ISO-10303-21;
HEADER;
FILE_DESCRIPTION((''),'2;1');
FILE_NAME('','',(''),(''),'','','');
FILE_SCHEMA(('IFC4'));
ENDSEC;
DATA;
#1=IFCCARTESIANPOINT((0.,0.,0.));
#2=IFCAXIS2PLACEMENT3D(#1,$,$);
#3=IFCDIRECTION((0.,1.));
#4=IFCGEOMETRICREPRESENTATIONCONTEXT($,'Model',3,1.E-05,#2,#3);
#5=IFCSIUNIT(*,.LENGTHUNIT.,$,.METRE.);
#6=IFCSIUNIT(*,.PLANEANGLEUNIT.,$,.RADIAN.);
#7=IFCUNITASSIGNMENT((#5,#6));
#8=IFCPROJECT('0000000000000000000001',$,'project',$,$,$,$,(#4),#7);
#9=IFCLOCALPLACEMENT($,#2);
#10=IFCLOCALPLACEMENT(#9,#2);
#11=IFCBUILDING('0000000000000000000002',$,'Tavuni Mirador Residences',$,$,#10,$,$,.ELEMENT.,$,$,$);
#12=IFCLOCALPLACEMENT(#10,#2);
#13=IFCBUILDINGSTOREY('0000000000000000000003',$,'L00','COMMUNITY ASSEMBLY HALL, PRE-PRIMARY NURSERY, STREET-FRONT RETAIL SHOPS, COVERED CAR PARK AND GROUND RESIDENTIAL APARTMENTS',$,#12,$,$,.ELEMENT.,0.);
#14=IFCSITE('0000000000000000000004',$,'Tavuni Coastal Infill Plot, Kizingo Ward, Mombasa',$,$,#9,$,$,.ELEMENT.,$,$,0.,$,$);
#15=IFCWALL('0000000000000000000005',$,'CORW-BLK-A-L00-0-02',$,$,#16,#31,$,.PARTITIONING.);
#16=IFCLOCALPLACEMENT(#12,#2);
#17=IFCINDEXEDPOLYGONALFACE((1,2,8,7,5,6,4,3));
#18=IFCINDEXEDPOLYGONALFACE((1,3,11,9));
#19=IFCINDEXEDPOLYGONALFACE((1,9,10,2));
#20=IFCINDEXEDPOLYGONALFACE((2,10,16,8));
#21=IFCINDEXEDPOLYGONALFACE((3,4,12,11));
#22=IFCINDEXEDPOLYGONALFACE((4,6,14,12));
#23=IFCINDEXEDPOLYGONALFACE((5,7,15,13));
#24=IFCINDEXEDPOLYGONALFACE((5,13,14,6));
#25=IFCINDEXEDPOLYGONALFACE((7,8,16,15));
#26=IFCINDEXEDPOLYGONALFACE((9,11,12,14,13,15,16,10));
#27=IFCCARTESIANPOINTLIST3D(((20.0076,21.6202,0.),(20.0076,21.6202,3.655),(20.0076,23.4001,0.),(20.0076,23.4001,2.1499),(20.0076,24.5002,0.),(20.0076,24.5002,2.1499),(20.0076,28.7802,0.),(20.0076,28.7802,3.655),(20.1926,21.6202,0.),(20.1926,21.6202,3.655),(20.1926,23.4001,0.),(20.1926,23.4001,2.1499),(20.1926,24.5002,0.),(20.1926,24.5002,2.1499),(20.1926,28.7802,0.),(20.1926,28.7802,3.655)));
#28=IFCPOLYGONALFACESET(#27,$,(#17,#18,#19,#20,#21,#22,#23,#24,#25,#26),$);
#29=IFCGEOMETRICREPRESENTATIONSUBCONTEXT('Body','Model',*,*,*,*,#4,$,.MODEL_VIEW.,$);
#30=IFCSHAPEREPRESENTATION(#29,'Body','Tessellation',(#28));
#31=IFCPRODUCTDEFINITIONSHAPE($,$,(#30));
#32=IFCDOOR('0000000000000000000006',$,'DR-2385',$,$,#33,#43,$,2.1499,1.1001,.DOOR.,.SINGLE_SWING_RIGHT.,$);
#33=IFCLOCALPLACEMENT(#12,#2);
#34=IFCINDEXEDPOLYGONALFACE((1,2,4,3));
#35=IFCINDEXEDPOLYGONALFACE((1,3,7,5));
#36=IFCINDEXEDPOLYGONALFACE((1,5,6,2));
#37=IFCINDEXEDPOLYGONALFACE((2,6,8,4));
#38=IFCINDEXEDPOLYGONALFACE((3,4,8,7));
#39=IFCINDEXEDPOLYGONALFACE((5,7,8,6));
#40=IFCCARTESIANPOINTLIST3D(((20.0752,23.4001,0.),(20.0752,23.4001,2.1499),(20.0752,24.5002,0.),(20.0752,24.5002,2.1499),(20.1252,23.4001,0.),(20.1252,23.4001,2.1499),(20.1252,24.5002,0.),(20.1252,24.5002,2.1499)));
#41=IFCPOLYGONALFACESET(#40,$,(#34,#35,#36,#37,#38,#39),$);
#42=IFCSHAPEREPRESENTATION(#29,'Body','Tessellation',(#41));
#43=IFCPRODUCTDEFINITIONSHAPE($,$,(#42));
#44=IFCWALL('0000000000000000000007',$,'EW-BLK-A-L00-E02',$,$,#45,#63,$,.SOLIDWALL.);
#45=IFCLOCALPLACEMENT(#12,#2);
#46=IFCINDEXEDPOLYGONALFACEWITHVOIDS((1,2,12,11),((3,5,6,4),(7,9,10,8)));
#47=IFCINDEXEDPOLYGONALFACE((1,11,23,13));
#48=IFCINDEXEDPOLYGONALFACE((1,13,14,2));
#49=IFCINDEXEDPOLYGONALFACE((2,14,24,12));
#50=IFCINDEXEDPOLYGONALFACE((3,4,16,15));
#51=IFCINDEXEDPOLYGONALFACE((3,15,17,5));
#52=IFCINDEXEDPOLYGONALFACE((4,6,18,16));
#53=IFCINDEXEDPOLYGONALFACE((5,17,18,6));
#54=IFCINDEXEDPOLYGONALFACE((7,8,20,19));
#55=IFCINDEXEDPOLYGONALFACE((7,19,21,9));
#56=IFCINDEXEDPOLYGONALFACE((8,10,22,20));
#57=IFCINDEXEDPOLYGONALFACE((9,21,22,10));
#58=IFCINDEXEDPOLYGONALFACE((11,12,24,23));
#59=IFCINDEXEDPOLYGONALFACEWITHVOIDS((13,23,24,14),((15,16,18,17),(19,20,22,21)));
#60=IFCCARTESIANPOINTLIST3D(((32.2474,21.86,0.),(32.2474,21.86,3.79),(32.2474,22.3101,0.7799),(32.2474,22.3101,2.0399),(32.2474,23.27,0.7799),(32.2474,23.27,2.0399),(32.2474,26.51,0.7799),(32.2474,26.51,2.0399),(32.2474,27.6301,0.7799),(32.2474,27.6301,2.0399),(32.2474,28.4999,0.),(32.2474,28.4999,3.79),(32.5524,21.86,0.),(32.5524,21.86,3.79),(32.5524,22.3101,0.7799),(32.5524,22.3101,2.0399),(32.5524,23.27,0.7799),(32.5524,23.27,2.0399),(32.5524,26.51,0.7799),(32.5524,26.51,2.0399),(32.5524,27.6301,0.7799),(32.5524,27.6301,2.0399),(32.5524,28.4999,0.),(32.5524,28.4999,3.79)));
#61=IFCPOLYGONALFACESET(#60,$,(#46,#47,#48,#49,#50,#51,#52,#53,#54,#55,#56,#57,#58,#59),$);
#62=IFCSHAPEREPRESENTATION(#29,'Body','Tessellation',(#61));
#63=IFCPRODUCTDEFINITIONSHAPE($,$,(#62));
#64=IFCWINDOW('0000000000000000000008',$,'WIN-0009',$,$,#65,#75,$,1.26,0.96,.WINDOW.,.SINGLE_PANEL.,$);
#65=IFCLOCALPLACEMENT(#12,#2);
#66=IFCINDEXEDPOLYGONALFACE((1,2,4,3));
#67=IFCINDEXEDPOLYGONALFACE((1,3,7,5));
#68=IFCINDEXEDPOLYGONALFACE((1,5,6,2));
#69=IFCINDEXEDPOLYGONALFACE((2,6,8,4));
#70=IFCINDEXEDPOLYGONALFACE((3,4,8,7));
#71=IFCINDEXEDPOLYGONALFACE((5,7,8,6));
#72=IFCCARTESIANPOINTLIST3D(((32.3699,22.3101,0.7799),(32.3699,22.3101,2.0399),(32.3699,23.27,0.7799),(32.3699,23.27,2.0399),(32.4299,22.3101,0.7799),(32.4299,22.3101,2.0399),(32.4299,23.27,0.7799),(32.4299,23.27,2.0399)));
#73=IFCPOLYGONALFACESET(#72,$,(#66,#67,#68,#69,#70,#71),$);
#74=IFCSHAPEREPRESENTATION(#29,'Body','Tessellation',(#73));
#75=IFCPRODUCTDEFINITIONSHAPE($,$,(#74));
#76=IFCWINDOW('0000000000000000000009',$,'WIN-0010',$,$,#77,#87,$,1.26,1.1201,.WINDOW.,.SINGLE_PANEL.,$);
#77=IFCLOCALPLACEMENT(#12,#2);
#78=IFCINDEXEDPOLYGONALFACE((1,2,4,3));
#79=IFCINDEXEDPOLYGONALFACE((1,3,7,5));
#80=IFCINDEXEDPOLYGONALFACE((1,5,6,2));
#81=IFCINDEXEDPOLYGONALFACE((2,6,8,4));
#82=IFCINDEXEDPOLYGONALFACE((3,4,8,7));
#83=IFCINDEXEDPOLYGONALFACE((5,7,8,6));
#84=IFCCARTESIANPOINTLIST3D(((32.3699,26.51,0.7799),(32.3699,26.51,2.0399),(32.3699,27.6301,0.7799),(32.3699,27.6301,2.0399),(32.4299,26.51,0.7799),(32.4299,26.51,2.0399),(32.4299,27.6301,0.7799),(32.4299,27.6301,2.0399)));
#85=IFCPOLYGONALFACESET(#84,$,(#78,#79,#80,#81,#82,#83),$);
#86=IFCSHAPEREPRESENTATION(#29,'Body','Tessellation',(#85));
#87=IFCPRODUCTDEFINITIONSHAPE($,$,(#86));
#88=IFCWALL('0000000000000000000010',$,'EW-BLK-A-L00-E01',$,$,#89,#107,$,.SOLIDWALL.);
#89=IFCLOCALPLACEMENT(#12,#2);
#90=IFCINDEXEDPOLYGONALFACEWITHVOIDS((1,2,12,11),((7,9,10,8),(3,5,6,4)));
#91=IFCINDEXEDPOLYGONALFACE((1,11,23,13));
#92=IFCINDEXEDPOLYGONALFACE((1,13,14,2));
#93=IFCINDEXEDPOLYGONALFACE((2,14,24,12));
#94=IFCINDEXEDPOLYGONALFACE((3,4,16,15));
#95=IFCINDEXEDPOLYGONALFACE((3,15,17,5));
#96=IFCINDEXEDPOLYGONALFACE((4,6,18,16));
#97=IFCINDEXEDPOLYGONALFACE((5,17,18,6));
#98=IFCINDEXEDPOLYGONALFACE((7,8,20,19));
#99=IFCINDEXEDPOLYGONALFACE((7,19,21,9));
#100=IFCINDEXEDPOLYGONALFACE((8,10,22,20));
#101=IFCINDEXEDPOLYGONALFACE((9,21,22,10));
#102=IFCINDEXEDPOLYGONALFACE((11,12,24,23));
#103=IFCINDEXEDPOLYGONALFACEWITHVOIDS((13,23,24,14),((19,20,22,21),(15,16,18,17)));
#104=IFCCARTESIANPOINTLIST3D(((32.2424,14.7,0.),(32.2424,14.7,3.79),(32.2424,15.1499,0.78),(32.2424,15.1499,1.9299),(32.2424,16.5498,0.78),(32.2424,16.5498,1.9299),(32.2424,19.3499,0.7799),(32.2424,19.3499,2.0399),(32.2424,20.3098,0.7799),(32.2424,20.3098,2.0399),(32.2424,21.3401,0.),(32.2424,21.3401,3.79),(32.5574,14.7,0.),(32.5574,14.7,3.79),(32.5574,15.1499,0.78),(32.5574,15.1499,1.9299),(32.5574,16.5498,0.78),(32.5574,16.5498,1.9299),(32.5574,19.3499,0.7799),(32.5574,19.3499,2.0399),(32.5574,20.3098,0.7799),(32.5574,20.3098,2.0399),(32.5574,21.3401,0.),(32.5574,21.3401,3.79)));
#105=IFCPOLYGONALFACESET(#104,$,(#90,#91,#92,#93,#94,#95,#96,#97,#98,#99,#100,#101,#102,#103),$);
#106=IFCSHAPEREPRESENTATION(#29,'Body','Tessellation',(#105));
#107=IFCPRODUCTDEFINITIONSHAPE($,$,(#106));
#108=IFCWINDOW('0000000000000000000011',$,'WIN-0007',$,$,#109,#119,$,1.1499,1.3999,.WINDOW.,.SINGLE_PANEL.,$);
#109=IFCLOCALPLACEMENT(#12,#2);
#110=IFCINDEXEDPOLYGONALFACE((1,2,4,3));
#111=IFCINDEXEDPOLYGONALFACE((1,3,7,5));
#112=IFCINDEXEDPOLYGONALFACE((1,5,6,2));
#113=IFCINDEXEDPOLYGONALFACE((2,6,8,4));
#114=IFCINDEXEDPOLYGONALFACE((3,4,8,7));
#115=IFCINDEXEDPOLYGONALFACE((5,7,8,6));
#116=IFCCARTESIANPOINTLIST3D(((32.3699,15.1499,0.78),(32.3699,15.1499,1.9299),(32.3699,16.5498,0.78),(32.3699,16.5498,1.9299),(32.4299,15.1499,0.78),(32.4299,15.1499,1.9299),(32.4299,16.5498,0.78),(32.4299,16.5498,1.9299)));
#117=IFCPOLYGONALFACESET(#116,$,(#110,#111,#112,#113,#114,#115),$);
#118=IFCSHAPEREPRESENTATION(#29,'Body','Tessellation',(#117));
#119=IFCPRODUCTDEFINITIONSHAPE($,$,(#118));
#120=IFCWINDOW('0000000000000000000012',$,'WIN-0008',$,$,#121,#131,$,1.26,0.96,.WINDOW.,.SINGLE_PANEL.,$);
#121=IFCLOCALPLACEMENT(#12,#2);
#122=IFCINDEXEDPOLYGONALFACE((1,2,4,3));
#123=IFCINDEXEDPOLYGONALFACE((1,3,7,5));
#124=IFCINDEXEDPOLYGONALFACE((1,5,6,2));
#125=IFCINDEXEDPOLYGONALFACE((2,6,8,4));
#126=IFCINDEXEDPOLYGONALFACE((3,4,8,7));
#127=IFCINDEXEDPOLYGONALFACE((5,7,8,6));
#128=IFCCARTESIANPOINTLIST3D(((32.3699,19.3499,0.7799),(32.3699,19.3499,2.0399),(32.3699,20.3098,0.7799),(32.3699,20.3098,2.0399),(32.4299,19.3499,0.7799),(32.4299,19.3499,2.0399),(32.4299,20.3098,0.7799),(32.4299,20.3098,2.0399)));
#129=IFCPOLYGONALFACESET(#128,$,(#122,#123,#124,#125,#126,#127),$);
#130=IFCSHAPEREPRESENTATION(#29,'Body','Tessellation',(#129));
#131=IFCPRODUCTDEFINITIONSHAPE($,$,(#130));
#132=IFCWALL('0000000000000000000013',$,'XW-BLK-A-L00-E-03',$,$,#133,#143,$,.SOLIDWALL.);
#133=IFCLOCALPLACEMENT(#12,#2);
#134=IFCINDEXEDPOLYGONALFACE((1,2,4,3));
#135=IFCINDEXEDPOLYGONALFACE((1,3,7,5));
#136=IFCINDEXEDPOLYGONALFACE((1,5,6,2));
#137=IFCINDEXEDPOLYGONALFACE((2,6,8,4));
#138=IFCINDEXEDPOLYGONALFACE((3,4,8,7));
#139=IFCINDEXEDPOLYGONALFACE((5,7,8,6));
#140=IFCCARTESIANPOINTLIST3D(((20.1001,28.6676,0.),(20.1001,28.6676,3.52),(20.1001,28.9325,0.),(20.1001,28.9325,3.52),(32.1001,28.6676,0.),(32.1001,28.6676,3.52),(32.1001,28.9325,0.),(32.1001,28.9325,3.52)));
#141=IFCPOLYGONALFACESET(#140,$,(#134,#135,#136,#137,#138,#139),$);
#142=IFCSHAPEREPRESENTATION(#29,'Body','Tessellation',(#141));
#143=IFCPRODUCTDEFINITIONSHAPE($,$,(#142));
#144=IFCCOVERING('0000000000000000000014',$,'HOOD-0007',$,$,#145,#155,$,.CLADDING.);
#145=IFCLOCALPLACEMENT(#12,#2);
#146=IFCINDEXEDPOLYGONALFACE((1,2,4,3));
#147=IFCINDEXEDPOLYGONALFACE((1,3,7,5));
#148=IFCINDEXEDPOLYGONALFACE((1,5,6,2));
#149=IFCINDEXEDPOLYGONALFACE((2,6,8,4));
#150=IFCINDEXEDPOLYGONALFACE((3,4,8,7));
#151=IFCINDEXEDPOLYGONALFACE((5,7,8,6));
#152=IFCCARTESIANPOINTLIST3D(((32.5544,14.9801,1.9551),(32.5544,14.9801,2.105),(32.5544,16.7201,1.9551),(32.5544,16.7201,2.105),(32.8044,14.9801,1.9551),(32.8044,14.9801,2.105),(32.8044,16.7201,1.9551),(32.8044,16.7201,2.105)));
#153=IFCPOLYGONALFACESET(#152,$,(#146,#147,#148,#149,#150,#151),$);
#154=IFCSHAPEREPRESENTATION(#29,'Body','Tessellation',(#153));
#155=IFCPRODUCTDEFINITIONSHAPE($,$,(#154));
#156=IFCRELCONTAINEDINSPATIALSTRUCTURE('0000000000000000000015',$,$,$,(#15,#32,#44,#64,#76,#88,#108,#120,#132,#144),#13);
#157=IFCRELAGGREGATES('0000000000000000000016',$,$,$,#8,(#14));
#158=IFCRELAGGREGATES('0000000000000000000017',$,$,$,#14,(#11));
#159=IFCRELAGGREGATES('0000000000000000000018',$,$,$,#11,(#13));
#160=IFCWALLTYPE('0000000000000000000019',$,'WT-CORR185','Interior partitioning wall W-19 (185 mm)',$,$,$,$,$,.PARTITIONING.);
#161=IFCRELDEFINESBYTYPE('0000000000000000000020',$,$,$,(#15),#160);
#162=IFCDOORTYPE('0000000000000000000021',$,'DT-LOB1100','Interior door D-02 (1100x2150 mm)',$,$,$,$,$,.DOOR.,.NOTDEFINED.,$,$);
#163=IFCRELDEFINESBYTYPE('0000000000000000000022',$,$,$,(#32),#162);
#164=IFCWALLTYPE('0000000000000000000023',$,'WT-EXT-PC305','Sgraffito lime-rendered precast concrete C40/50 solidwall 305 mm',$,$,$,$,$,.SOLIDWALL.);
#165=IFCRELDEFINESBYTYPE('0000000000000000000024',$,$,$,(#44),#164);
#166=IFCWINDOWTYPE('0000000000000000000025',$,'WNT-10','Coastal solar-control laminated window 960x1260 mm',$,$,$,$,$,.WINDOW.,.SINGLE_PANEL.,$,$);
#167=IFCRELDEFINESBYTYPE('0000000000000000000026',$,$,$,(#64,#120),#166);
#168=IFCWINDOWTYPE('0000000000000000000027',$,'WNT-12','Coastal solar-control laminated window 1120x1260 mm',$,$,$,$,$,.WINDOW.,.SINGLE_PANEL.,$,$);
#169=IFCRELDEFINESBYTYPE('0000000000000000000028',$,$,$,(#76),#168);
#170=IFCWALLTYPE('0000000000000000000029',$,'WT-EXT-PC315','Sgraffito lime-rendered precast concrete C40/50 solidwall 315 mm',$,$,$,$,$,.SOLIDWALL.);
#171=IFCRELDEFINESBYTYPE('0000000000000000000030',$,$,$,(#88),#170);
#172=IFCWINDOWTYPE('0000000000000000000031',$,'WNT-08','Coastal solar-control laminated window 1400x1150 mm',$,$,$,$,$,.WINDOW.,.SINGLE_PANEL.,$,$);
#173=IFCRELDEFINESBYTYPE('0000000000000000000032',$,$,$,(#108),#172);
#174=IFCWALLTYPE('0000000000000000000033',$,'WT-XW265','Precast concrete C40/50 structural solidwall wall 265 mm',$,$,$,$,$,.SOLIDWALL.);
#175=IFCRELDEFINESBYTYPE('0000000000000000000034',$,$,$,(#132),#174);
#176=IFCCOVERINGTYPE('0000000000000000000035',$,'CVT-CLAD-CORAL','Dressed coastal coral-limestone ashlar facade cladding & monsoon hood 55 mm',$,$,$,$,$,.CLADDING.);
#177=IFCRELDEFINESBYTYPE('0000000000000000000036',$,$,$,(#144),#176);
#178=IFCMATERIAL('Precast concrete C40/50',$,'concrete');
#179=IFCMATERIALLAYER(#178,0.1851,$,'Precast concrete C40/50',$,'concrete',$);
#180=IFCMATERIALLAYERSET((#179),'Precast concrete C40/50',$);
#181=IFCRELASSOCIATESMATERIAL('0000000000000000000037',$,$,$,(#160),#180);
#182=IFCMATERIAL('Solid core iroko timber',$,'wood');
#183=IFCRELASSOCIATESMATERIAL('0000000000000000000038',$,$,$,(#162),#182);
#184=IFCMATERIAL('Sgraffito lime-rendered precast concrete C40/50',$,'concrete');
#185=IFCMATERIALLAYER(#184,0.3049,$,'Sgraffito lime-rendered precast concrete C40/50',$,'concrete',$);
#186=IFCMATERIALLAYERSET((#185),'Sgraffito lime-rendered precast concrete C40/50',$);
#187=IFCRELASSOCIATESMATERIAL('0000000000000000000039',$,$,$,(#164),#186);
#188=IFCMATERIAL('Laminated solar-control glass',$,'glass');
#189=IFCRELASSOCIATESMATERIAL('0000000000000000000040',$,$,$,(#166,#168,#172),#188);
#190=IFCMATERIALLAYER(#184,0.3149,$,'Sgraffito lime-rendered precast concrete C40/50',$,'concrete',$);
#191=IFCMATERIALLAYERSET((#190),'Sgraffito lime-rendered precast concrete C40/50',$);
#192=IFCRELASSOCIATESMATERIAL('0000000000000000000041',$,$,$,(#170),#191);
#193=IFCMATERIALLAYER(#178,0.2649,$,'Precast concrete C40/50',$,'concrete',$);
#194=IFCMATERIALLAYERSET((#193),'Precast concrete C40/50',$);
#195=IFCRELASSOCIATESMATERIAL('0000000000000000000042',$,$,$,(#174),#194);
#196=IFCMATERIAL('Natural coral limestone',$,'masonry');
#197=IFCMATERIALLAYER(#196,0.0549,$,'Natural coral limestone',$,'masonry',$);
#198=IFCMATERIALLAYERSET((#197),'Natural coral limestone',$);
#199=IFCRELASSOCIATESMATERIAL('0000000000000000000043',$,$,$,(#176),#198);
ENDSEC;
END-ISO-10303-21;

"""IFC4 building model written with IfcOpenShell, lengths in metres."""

from ifc_helpers import new_model, si_unit, direction, frame, frame_2d, origin, origin_2d, place, context, subcontext, project, spatial, rectangle, extrude, material, layer, layer_set, type_object, element, fill, save


model = new_model("IFC4")

# Units and contexts
model_context = context("Model", 3, precision=1e-05, world=origin(), true_north=direction((0.0, 1.0)))
body_context = subcontext(model_context, "Body", "Model", "MODEL_VIEW")
ifc_project = project(units=[si_unit("LENGTHUNIT", "METRE"), si_unit("PLANEANGLEUNIT", "RADIAN")], contexts=[model_context])

# Site, building, storey
site_placement = place(None, origin())
site = spatial("IfcSite", under=ifc_project, at=site_placement, Name="Tavuni Coastal Infill Plot, Kizingo Ward, Mombasa", CompositionType="ELEMENT", RefElevation=0.0)
building_placement = place(site_placement, origin())
building = spatial("IfcBuilding", under=site, at=building_placement, Name="Tavuni Mirador Residences", CompositionType="ELEMENT")
storey_placement = place(building_placement, origin())
storey = spatial("IfcBuildingStorey", under=building, at=storey_placement, Name="L00", Description="COMMUNITY ASSEMBLY HALL, PRE-PRIMARY NURSERY, STREET-FRONT RETAIL SHOPS, COVERED CAR PARK AND GROUND RESIDENTIAL APARTMENTS", CompositionType="ELEMENT", Elevation=0.0)

# Shared definitions
ifc_material_1 = material(Name="Precast concrete C40/50", Category="concrete")

# Wall, opening, door
ifc_layer_1 = layer(ifc_material_1, 0.1851, Name="Precast concrete C40/50", Category="concrete")
ifc_layer_set_1 = layer_set([ifc_layer_1], Name="Precast concrete C40/50")
wall_type_1 = type_object("IfcWallType", Name="WT-CORR185", Description="Interior partitioning wall W-19 (185 mm)", PredefinedType="PARTITIONING", material=ifc_layer_set_1)
ifc_material_2 = material(Name="Solid core iroko timber", Category="wood")
door_type = type_object("IfcDoorType", Name="DT-LOB1100", Description="Interior door D-02 (1100x2150 mm)", OperationType="NOTDEFINED", PredefinedType="DOOR", material=ifc_material_2)
wall_1_placement = place(storey_placement, frame((20.1001, 21.6201, 0.0), z_axis=(0.0, 0.0, 1.0), x_axis=(0.0, 1.0, 0.0)))
wall_1 = element("IfcWall", 1, at=wall_1_placement, inside=storey, type_object=wall_type_1, Name="CORW-BLK-A-L00-0-02", PredefinedType="PARTITIONING", context=body_context, shape_type="SweptSolid", body=[
    extrude(rectangle(XDim=7.1599, YDim=0.1851, at=frame_2d((3.5801, 0.0))), origin(), (0.0, 0.0, 1.0), 3.655),
])
opening_1_placement = place(wall_1_placement, frame((1.78, 0.0, 0.0)))
opening_1 = element("IfcOpeningElement", 2, at=opening_1_placement, cuts=wall_1, PredefinedType="OPENING", context=body_context, shape_type="SweptSolid", body=[
    extrude(rectangle(XDim=1.1001, YDim=2.1499, at=frame_2d((0.55, 1.075))), frame((0.0, 0.1025, 0.0), z_axis=(0.0, -1.0, 0.0), x_axis=(1.0, 0.0, 0.0)), (0.0, 0.0, 1.0), 0.2051),
])
door_1_placement = place(opening_1_placement, origin())
door_1 = element("IfcDoor", 3, at=door_1_placement, inside=storey, type_object=door_type, Name="DR-2385", OperationType="SINGLE_SWING_RIGHT", OverallHeight=2.1499, OverallWidth=1.1001, PredefinedType="DOOR", context=body_context, shape_type="SweptSolid", body=[
    extrude(rectangle(XDim=1.1001, YDim=2.1499, at=frame_2d((0.55, 1.075))), frame((0.0, 0.0249, 0.0), z_axis=(0.0, -1.0, 0.0), x_axis=(1.0, 0.0, 0.0)), (0.0, 0.0, 1.0), 0.05),
])
fill(opening_1, door_1)

# Walls, openings, windows
ifc_material_3 = material(Name="Sgraffito lime-rendered precast concrete C40/50", Category="concrete")
ifc_layer_2 = layer(ifc_material_3, 0.3049, Name="Sgraffito lime-rendered precast concrete C40/50", Category="concrete")
ifc_layer_set_2 = layer_set([ifc_layer_2], Name="Sgraffito lime-rendered precast concrete C40/50")
wall_type_2 = type_object("IfcWallType", Name="WT-EXT-PC305", Description="Sgraffito lime-rendered precast concrete C40/50 solidwall 305 mm", PredefinedType="SOLIDWALL", material=ifc_layer_set_2)
wall_2_placement = place(storey_placement, frame((32.3999, 21.8601, 0.0), z_axis=(0.0, 0.0, 1.0), x_axis=(0.0, 1.0, 0.0)))
wall_2 = element("IfcWall", 4, at=wall_2_placement, inside=storey, type_object=wall_type_2, Name="EW-BLK-A-L00-E02", PredefinedType="SOLIDWALL", context=body_context, shape_type="SweptSolid", body=[
    extrude(rectangle(XDim=6.6399, YDim=0.3049, at=frame_2d((3.3198, 0.0))), origin(), (0.0, 0.0, 1.0), 3.79),
])
opening_2_placement = place(wall_2_placement, frame((0.45, 0.0, 0.78)))
opening_2 = element("IfcOpeningElement", 5, at=opening_2_placement, cuts=wall_2, PredefinedType="OPENING", context=body_context, shape_type="SweptSolid", body=[
    extrude(rectangle(XDim=0.96, YDim=1.26, at=frame_2d((0.48, 0.6299))), frame((0.0, 0.1626, 0.0), z_axis=(0.0, -1.0, 0.0), x_axis=(1.0, 0.0, 0.0)), (0.0, 0.0, 1.0), 0.325),
])
opening_3_placement = place(wall_2_placement, frame((4.6499, 0.0, 0.78)))
opening_3 = element("IfcOpeningElement", 6, at=opening_3_placement, cuts=wall_2, PredefinedType="OPENING", context=body_context, shape_type="SweptSolid", body=[
    extrude(rectangle(XDim=1.1201, YDim=1.26, at=frame_2d((0.5601, 0.6299))), frame((0.0, 0.1626, 0.0), z_axis=(0.0, -1.0, 0.0), x_axis=(1.0, 0.0, 0.0)), (0.0, 0.0, 1.0), 0.325),
])
ifc_material_4 = material(Name="Laminated solar-control glass", Category="glass")
window_type_1 = type_object("IfcWindowType", Name="WNT-10", Description="Coastal solar-control laminated window 960x1260 mm", PartitioningType="SINGLE_PANEL", PredefinedType="WINDOW", material=ifc_material_4)
window_1_placement = place(opening_2_placement, origin())
window_1 = element("IfcWindow", 7, at=window_1_placement, inside=storey, type_object=window_type_1, Name="WIN-0009", OverallHeight=1.26, OverallWidth=0.96, PartitioningType="SINGLE_PANEL", PredefinedType="WINDOW", context=body_context, shape_type="SweptSolid", body=[
    extrude(rectangle(XDim=0.96, YDim=1.26, at=frame_2d((0.48, 0.6299))), frame((0.0, 0.03, 0.0), z_axis=(0.0, -1.0, 0.0), x_axis=(1.0, 0.0, 0.0)), (0.0, 0.0, 1.0), 0.0601),
])
fill(opening_2, window_1)
window_type_2 = type_object("IfcWindowType", Name="WNT-12", Description="Coastal solar-control laminated window 1120x1260 mm", PartitioningType="SINGLE_PANEL", PredefinedType="WINDOW", material=ifc_material_4)
window_2_placement = place(opening_3_placement, origin())
window_2 = element("IfcWindow", 8, at=window_2_placement, inside=storey, type_object=window_type_2, Name="WIN-0010", OverallHeight=1.26, OverallWidth=1.1201, PartitioningType="SINGLE_PANEL", PredefinedType="WINDOW", context=body_context, shape_type="SweptSolid", body=[
    extrude(rectangle(XDim=1.1201, YDim=1.26, at=frame_2d((0.5601, 0.6299))), frame((0.0, 0.03, 0.0), z_axis=(0.0, -1.0, 0.0), x_axis=(1.0, 0.0, 0.0)), (0.0, 0.0, 1.0), 0.0601),
])
fill(opening_3, window_2)
ifc_layer_3 = layer(ifc_material_3, 0.3149, Name="Sgraffito lime-rendered precast concrete C40/50", Category="concrete")
ifc_layer_set_3 = layer_set([ifc_layer_3], Name="Sgraffito lime-rendered precast concrete C40/50")
wall_type_3 = type_object("IfcWallType", Name="WT-EXT-PC315", Description="Sgraffito lime-rendered precast concrete C40/50 solidwall 315 mm", PredefinedType="SOLIDWALL", material=ifc_layer_set_3)
wall_3_placement = place(storey_placement, frame((32.3999, 14.7, 0.0), z_axis=(0.0, 0.0, 1.0), x_axis=(0.0, 1.0, 0.0)))
wall_3 = element("IfcWall", 9, at=wall_3_placement, inside=storey, type_object=wall_type_3, Name="EW-BLK-A-L00-E01", PredefinedType="SOLIDWALL", context=body_context, shape_type="SweptSolid", body=[
    extrude(rectangle(XDim=6.6401, YDim=0.3149, at=frame_2d((3.3201, 0.0))), origin(), (0.0, 0.0, 1.0), 3.79),
])
opening_4_placement = place(wall_3_placement, frame((0.45, 0.0, 0.78)))
opening_4 = element("IfcOpeningElement", 10, at=opening_4_placement, cuts=wall_3, PredefinedType="OPENING", context=body_context, shape_type="SweptSolid", body=[
    extrude(rectangle(XDim=1.3999, YDim=1.1499, at=frame_2d((0.7, 0.575))), frame((0.0, 0.1675, 0.0), z_axis=(0.0, -1.0, 0.0), x_axis=(1.0, 0.0, 0.0)), (0.0, 0.0, 1.0), 0.335),
])
opening_5_placement = place(wall_3_placement, frame((4.6499, 0.0, 0.78)))
opening_5 = element("IfcOpeningElement", 11, at=opening_5_placement, cuts=wall_3, PredefinedType="OPENING", context=body_context, shape_type="SweptSolid", body=[
    extrude(rectangle(XDim=0.96, YDim=1.26, at=frame_2d((0.48, 0.6299))), frame((0.0, 0.1675, 0.0), z_axis=(0.0, -1.0, 0.0), x_axis=(1.0, 0.0, 0.0)), (0.0, 0.0, 1.0), 0.335),
])
window_type_3 = type_object("IfcWindowType", Name="WNT-08", Description="Coastal solar-control laminated window 1400x1150 mm", PartitioningType="SINGLE_PANEL", PredefinedType="WINDOW", material=ifc_material_4)
window_3_placement = place(opening_4_placement, origin())
window_3 = element("IfcWindow", 12, at=window_3_placement, inside=storey, type_object=window_type_3, Name="WIN-0007", OverallHeight=1.1499, OverallWidth=1.3999, PartitioningType="SINGLE_PANEL", PredefinedType="WINDOW", context=body_context, shape_type="SweptSolid", body=[
    extrude(rectangle(XDim=1.3999, YDim=1.1499, at=frame_2d((0.7, 0.575))), frame((0.0, 0.03, 0.0), z_axis=(0.0, -1.0, 0.0), x_axis=(1.0, 0.0, 0.0)), (0.0, 0.0, 1.0), 0.0601),
])
fill(opening_4, window_3)
window_4_placement = place(opening_5_placement, origin())
window_4 = element("IfcWindow", 13, at=window_4_placement, inside=storey, type_object=window_type_1, Name="WIN-0008", OverallHeight=1.26, OverallWidth=0.96, PartitioningType="SINGLE_PANEL", PredefinedType="WINDOW", context=body_context, shape_type="SweptSolid", body=[
    extrude(rectangle(XDim=0.96, YDim=1.26, at=frame_2d((0.48, 0.6299))), frame((0.0, 0.03, 0.0), z_axis=(0.0, -1.0, 0.0), x_axis=(1.0, 0.0, 0.0)), (0.0, 0.0, 1.0), 0.0601),
])
fill(opening_5, window_4)

# Wall
ifc_layer_4 = layer(ifc_material_1, 0.2649, Name="Precast concrete C40/50", Category="concrete")
ifc_layer_set_4 = layer_set([ifc_layer_4], Name="Precast concrete C40/50")
wall_type_4 = type_object("IfcWallType", Name="WT-XW265", Description="Precast concrete C40/50 structural solidwall wall 265 mm", PredefinedType="SOLIDWALL", material=ifc_layer_set_4)
wall_4_placement = place(storey_placement, frame((20.1001, 28.8, 0.0), z_axis=(0.0, 0.0, 1.0), x_axis=(1.0, 0.0, 0.0)))
element("IfcWall", 14, at=wall_4_placement, inside=storey, type_object=wall_type_4, Name="XW-BLK-A-L00-E-03", PredefinedType="SOLIDWALL", context=body_context, shape_type="SweptSolid", body=[
    extrude(rectangle(XDim=12.0, YDim=0.2649, at=frame_2d((6.0, 0.0))), origin(), (0.0, 0.0, 1.0), 3.52),
])

# Covering
ifc_material_5 = material(Name="Natural coral limestone", Category="masonry")
ifc_layer_5 = layer(ifc_material_5, 0.0549, Name="Natural coral limestone", Category="masonry")
ifc_layer_set_5 = layer_set([ifc_layer_5], Name="Natural coral limestone")
covering_type = type_object("IfcCoveringType", Name="CVT-CLAD-CORAL", Description="Dressed coastal coral-limestone ashlar facade cladding & monsoon hood 55 mm", PredefinedType="CLADDING", material=ifc_layer_set_5)
covering_1_placement = place(storey_placement, frame((32.6794, 15.8501, 1.9551), z_axis=(0.0, 0.0, 1.0), x_axis=(0.0, 1.0, 0.0)))
element("IfcCovering", 15, at=covering_1_placement, inside=storey, type_object=covering_type, Name="HOOD-0007", PredefinedType="CLADDING", context=body_context, shape_type="SweptSolid", body=[
    extrude(rectangle(XDim=1.74, YDim=0.25, at=origin_2d()), origin(), (0.0, 0.0, 1.0), 0.1499),
])

save(model, "model.ifc")
